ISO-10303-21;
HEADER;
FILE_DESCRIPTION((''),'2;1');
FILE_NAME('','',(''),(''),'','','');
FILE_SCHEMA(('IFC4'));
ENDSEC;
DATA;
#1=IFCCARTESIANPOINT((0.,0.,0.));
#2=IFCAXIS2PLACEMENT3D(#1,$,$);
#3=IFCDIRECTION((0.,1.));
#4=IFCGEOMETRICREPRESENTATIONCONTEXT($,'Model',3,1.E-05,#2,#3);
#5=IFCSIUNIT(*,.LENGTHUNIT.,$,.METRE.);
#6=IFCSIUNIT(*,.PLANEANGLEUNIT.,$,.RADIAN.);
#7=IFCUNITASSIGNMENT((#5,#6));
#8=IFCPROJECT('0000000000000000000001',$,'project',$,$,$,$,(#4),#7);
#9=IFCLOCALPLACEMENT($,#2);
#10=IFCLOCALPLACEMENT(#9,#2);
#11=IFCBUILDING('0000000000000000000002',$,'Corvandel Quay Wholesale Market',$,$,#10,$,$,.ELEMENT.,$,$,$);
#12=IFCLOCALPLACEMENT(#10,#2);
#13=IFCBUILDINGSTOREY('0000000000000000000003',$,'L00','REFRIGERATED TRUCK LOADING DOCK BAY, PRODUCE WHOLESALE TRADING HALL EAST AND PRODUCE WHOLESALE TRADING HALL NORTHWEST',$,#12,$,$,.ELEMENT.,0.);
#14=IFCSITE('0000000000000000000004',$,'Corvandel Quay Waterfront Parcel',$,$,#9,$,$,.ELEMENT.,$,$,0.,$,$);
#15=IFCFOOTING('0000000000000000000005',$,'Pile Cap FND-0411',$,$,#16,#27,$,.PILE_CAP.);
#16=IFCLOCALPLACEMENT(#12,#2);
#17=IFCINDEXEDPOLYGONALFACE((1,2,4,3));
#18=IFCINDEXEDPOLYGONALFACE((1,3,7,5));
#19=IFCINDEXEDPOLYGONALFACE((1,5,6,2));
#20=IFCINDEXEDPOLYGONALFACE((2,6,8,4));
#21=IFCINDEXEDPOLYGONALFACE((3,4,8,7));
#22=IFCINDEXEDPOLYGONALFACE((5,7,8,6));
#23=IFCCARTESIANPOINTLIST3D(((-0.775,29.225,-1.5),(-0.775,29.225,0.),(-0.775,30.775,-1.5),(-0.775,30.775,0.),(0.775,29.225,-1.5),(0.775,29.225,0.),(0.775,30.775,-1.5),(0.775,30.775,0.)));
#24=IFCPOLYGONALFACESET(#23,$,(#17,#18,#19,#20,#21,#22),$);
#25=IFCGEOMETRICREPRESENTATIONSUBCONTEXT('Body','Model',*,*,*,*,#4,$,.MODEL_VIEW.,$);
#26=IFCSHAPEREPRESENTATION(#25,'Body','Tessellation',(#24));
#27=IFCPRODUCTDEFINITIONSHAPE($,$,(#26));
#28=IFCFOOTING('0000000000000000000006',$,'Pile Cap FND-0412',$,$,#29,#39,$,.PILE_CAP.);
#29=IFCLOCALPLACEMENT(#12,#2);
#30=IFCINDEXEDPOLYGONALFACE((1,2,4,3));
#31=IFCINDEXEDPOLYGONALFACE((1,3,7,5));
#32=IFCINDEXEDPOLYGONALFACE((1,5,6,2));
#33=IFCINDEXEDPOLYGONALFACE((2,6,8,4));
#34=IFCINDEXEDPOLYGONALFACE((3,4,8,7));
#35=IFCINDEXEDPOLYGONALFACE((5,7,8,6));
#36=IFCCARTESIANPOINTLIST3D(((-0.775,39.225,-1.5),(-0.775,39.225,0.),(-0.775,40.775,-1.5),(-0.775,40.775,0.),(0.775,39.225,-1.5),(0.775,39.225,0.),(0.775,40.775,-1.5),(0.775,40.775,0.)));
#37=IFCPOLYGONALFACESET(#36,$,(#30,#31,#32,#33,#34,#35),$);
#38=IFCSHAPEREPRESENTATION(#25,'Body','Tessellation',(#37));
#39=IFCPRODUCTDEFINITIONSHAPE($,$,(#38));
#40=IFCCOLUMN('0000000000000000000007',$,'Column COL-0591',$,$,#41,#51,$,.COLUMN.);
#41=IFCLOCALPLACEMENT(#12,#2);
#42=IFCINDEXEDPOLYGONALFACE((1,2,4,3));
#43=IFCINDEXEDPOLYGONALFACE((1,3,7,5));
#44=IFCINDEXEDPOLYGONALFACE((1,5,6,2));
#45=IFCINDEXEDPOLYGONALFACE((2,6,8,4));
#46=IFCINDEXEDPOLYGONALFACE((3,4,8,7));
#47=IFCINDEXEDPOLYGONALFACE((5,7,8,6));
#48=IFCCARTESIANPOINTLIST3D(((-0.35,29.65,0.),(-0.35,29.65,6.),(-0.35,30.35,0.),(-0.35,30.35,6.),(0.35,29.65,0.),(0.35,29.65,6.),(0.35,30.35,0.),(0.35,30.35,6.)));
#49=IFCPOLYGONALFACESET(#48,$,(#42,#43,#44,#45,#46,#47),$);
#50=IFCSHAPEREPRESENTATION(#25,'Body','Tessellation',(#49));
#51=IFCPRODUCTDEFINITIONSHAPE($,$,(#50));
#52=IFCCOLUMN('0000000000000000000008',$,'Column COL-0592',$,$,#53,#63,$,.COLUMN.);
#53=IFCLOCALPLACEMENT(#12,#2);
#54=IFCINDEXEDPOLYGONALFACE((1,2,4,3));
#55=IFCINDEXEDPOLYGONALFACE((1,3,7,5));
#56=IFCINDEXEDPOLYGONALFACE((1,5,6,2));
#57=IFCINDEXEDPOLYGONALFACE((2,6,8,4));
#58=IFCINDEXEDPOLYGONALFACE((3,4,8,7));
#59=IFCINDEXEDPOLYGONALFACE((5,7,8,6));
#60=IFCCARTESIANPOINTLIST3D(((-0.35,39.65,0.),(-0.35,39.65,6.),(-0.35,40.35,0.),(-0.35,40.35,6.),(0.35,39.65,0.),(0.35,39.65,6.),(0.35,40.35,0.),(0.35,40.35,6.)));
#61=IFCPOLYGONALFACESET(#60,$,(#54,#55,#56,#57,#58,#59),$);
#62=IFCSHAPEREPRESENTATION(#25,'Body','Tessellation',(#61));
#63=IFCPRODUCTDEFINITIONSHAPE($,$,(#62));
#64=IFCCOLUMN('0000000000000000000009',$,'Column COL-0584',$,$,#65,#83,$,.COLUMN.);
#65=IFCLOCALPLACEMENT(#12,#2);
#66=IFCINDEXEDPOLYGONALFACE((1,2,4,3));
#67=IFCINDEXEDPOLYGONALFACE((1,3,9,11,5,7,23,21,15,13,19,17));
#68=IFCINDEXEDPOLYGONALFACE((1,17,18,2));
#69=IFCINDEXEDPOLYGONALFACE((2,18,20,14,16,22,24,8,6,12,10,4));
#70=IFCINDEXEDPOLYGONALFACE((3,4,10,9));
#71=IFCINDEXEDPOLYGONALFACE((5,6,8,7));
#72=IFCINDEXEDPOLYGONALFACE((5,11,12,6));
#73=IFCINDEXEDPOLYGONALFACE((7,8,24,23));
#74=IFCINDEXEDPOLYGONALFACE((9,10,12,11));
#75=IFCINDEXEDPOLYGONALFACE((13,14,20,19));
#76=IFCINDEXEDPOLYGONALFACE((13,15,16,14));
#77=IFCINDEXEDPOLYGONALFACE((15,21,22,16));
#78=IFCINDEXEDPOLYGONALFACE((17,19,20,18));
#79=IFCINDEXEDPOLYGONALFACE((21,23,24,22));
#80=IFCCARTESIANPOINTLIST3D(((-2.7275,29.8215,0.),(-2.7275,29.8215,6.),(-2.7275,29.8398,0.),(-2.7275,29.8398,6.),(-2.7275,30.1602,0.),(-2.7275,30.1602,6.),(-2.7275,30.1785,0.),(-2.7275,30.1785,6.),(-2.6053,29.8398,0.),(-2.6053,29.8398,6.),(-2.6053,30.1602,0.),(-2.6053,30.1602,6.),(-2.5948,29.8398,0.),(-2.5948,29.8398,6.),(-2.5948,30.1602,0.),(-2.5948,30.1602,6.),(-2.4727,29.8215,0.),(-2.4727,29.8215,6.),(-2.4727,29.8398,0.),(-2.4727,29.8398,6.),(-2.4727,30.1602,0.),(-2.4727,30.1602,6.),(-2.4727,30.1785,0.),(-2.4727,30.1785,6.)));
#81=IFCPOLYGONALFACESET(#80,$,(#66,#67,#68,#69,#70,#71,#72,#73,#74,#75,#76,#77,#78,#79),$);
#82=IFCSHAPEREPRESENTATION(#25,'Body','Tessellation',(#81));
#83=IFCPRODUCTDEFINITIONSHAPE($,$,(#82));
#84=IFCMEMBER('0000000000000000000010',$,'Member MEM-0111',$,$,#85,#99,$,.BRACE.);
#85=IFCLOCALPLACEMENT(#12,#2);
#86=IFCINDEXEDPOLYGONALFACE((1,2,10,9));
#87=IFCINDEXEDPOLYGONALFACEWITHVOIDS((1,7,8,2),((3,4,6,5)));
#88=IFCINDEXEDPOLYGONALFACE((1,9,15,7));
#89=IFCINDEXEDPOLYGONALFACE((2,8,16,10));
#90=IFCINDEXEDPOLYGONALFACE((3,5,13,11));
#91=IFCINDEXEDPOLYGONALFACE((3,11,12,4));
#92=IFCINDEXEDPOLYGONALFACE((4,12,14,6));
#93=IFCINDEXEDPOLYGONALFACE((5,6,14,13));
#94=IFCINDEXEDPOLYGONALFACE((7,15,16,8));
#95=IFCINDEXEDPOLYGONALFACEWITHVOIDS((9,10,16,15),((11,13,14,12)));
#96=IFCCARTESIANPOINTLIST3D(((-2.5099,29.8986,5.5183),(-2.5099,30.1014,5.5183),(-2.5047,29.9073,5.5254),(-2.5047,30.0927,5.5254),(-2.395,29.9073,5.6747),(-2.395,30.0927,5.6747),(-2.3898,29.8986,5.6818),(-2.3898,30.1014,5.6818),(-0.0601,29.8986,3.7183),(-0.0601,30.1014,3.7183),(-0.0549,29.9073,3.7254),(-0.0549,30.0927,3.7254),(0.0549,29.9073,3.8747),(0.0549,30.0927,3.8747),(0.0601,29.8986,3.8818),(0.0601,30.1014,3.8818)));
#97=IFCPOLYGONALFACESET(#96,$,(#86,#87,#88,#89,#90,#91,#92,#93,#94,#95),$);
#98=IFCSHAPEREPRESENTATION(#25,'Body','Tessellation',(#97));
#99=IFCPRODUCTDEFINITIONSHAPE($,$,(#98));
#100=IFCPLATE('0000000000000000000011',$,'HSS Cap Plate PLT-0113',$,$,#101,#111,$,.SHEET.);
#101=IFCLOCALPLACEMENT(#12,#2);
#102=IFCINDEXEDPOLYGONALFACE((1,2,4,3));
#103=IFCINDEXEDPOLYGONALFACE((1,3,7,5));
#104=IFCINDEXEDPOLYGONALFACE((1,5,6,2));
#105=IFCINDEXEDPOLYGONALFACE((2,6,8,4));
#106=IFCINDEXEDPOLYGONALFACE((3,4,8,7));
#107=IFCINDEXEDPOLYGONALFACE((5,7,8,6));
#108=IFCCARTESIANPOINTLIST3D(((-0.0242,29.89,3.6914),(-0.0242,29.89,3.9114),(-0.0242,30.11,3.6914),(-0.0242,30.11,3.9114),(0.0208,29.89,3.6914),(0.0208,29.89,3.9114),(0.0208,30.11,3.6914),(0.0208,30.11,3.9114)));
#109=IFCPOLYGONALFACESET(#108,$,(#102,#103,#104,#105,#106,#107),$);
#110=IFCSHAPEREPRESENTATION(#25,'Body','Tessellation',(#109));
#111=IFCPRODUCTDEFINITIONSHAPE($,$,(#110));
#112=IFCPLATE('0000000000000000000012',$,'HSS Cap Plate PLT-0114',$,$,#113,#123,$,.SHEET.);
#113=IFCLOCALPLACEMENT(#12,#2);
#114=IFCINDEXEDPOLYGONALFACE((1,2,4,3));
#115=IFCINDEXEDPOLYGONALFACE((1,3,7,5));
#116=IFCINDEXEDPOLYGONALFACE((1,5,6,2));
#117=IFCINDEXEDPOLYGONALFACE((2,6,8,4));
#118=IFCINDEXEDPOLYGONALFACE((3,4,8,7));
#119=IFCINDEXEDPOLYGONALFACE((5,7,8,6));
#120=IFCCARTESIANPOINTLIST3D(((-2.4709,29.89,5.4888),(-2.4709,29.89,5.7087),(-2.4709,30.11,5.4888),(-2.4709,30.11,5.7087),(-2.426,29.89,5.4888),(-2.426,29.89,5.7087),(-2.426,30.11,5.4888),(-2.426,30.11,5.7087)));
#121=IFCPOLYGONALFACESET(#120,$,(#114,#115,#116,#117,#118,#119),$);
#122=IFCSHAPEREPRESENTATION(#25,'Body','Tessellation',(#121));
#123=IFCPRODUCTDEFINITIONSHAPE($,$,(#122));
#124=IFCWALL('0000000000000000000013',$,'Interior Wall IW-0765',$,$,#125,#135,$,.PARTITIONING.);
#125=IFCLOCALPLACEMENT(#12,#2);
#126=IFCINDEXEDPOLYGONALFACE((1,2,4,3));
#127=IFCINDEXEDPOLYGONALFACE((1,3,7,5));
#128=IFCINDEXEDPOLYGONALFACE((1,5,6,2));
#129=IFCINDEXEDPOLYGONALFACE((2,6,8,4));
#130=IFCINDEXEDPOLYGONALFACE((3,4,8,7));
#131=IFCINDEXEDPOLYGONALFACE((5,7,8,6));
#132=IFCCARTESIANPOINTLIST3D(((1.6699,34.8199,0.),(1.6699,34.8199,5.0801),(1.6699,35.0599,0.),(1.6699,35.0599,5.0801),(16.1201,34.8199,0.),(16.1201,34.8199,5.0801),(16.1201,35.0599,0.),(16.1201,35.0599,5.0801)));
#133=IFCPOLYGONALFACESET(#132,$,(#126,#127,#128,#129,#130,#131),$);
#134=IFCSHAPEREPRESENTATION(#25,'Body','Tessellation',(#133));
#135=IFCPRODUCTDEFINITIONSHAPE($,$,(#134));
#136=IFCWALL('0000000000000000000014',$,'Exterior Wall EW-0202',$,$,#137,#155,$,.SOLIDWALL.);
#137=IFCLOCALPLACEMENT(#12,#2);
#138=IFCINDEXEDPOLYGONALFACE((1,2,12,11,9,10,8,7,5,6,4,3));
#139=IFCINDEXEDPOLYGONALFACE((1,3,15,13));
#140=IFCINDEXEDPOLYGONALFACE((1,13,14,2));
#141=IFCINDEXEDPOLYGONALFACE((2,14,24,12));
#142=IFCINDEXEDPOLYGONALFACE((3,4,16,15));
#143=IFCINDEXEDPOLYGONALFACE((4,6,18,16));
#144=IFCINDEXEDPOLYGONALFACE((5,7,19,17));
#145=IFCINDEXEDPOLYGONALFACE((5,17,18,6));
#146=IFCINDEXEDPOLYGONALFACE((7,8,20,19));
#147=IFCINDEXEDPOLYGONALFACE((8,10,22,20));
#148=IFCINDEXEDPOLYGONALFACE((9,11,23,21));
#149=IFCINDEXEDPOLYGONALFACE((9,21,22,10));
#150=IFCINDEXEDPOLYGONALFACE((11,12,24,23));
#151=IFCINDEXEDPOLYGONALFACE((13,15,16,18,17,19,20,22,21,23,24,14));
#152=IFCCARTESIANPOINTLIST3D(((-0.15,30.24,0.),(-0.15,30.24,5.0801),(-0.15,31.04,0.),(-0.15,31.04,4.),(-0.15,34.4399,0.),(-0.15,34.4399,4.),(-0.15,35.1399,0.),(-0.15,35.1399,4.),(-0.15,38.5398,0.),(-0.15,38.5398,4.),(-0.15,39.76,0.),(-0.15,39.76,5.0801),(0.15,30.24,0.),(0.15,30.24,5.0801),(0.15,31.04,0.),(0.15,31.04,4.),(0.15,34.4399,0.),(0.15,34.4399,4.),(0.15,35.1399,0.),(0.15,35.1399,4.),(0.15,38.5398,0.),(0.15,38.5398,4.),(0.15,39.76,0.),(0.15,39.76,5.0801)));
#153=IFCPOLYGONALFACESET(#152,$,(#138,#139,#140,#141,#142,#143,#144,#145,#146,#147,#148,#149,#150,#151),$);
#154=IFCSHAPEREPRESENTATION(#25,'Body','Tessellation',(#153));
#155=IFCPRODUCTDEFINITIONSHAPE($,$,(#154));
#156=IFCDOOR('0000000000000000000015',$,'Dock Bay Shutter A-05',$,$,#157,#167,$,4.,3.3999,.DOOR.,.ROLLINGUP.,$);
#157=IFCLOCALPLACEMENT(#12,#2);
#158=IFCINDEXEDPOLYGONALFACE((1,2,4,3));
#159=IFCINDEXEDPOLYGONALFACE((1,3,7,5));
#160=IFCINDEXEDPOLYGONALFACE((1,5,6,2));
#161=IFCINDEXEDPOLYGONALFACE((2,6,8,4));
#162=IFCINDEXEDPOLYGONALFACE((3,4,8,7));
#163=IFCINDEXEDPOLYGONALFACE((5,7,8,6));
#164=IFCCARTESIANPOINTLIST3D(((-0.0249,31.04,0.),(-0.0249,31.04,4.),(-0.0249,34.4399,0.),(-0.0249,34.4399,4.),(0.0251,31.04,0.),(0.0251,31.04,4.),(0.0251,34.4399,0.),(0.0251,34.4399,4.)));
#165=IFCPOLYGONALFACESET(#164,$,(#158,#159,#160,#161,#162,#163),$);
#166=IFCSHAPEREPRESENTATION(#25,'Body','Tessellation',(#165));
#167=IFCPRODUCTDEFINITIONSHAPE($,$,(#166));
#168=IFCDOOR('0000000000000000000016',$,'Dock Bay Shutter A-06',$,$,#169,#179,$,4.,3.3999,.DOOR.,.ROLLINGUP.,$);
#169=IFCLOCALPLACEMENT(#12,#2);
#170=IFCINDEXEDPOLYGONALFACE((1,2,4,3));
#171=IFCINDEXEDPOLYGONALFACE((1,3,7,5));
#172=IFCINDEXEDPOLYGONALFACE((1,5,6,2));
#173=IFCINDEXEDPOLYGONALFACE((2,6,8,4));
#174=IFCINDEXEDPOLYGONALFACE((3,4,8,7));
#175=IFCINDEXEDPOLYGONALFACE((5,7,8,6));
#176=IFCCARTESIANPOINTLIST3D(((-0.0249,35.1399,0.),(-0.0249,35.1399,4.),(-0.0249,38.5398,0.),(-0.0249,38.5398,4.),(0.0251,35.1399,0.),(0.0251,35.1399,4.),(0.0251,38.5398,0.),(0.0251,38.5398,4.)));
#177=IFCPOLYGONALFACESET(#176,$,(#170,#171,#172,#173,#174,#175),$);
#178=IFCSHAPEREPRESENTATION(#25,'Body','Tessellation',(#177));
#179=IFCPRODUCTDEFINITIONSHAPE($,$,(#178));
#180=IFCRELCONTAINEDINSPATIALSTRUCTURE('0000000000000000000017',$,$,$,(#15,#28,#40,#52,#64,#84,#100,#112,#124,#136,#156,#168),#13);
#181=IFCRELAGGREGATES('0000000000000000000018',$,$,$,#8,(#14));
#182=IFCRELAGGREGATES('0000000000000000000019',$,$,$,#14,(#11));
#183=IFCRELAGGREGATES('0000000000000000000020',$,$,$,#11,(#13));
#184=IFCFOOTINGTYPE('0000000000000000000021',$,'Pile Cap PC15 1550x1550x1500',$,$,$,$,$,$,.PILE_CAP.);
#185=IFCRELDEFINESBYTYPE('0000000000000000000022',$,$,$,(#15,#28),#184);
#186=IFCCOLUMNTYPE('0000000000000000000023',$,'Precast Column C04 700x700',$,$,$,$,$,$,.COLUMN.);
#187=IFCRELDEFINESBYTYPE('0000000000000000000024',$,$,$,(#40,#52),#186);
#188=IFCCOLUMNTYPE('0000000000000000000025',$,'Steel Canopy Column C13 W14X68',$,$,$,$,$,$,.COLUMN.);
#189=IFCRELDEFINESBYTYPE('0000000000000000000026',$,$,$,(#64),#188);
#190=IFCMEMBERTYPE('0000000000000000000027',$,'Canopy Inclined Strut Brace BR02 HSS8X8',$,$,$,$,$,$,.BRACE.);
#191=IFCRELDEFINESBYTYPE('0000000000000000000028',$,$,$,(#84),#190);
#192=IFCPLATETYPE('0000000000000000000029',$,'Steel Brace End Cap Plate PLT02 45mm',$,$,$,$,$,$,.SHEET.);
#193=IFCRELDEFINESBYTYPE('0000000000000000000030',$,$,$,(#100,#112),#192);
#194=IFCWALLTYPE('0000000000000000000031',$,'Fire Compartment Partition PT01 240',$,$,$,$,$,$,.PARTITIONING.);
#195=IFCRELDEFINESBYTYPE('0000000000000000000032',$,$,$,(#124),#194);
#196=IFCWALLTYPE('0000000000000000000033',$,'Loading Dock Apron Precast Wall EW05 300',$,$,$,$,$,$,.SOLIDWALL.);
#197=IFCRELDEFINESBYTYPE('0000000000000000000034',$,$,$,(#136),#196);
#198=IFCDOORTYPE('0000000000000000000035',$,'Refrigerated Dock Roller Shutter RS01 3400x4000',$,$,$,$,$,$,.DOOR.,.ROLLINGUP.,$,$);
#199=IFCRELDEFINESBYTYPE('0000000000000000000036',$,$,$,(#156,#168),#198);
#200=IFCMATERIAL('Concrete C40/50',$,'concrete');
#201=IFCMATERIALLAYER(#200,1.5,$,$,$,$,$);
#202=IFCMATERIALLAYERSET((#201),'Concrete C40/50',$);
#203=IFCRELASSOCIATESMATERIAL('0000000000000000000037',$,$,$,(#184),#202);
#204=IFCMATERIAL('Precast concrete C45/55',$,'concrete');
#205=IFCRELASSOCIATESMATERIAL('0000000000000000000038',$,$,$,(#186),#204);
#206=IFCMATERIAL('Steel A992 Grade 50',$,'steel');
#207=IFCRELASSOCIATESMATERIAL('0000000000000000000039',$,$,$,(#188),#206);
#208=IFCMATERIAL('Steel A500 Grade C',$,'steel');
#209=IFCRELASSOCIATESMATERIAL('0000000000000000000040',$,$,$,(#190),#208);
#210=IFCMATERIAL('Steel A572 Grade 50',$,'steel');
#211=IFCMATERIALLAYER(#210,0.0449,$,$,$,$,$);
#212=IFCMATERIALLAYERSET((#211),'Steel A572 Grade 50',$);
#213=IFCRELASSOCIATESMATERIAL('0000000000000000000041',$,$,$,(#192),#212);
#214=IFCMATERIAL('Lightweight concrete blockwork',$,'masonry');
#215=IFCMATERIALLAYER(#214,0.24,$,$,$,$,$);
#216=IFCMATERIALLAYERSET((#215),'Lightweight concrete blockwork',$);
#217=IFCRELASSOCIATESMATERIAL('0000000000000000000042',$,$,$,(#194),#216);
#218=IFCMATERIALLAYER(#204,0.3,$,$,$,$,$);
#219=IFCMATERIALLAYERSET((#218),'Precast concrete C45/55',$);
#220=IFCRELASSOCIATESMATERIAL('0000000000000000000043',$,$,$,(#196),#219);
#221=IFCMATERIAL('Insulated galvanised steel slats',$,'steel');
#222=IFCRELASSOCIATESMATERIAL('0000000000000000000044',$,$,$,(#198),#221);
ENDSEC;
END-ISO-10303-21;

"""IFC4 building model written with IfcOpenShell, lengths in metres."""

from ifc_helpers import new_model, si_unit, direction, frame, frame_2d, origin, origin_2d, place, context, subcontext, project, spatial, rectangle, hollow_rectangle, i_section, extrude, material, layer, layer_set, material_profile, profile_set, type_object, element, fill, save


model = new_model("IFC4")

# Units and contexts
model_context = context("Model", 3, precision=1e-05, world=origin(), true_north=direction((0.0, 1.0)))
body_context = subcontext(model_context, "Body", "Model", "MODEL_VIEW")
ifc_project = project(units=[si_unit("LENGTHUNIT", "METRE"), si_unit("PLANEANGLEUNIT", "RADIAN")], contexts=[model_context])

# Site, building, storey
site_placement = place(None, origin())
site = spatial("IfcSite", under=ifc_project, at=site_placement, Name="Corvandel Quay Waterfront Parcel", CompositionType="ELEMENT", RefElevation=0.0)
building_placement = place(site_placement, origin())
building = spatial("IfcBuilding", under=site, at=building_placement, Name="Corvandel Quay Wholesale Market", CompositionType="ELEMENT")
storey_placement = place(building_placement, origin())
storey = spatial("IfcBuildingStorey", under=building, at=storey_placement, Name="L00", Description="REFRIGERATED TRUCK LOADING DOCK BAY, PRODUCE WHOLESALE TRADING HALL EAST AND PRODUCE WHOLESALE TRADING HALL NORTHWEST", CompositionType="ELEMENT", Elevation=0.0)

# Shared definitions
ifc_material_1 = material(Name="Concrete C40/50", Category="concrete")

# Footings
ifc_layer_1 = layer(ifc_material_1, 1.5)
ifc_layer_set_1 = layer_set([ifc_layer_1], Name="Concrete C40/50")
footing_type_1 = type_object("IfcFootingType", Name="Pile Cap PC15 1550x1550x1500", PredefinedType="PILE_CAP", material=ifc_layer_set_1)
for number, where, z_axis, x_axis, name in (
    (1, (0.0, 30.0, -1.5), (0.0, 0.0, 1.0), (1.0, 0.0, 0.0), "Pile Cap FND-0411"),
    (2, (0.0, 40.0, -1.5), (0.0, 0.0, 1.0), (1.0, 0.0, 0.0), "Pile Cap FND-0412"),
):
    element("IfcFooting", number, at=place(storey_placement, frame(where, z_axis=z_axis, x_axis=x_axis)), inside=storey, type_object=footing_type_1, Name=name, PredefinedType="PILE_CAP", context=body_context, shape_type="SweptSolid", body=[
        extrude(rectangle(XDim=1.55, YDim=1.55, at=origin_2d()), origin(), (0.0, 0.0, 1.0), 1.5),
    ])

# Columns
ifc_material_2 = material(Name="Precast concrete C45/55", Category="concrete")
ifc_material_profile_1 = material_profile(ifc_material_2, rectangle(XDim=0.7, YDim=0.7, at=origin_2d()), Name="PC-COL-700x700")
ifc_profile_set_1 = profile_set([ifc_material_profile_1], Name="Precast concrete C45/55")
column_type_1 = type_object("IfcColumnType", Name="Precast Column C04 700x700", PredefinedType="COLUMN", material=ifc_profile_set_1)
for number, where, z_axis, x_axis, name in (
    (3, (0.0, 30.0, 0.0), (0.0, 0.0, 1.0), (1.0, 0.0, 0.0), "Column COL-0591"),
    (4, (0.0, 40.0, 0.0), (0.0, 0.0, 1.0), (1.0, 0.0, 0.0), "Column COL-0592"),
):
    element("IfcColumn", number, at=place(storey_placement, frame(where, z_axis=z_axis, x_axis=x_axis)), inside=storey, type_object=column_type_1, Name=name, PredefinedType="COLUMN", context=body_context, shape_type="SweptSolid", body=[
        extrude(rectangle(XDim=0.7, YDim=0.7, at=origin_2d()), origin(), (0.0, 0.0, 1.0), 6.0),
    ])
ifc_material_3 = material(Name="Steel A992 Grade 50", Category="steel")
ifc_material_profile_2 = material_profile(ifc_material_3, i_section(OverallWidth=0.2549, OverallDepth=0.3569, WebThickness=0.0105, FlangeThickness=0.0183, at=origin_2d()), Name="W14X68")
ifc_profile_set_2 = profile_set([ifc_material_profile_2], Name="Steel A992 Grade 50")
column_type_2 = type_object("IfcColumnType", Name="Steel Canopy Column C13 W14X68", PredefinedType="COLUMN", material=ifc_profile_set_2)
column_placement = place(storey_placement, frame((-2.6001, 30.0, 0.0), z_axis=(0.0, 0.0, 1.0), x_axis=(1.0, 0.0, 0.0)))
element("IfcColumn", 5, at=column_placement, inside=storey, type_object=column_type_2, Name="Column COL-0584", PredefinedType="COLUMN", context=body_context, shape_type="SweptSolid", body=[
    extrude(i_section(OverallWidth=0.2549, OverallDepth=0.3569, WebThickness=0.0105, FlangeThickness=0.0183, at=origin_2d()), origin(), (0.0, 0.0, 1.0), 6.0),
])

# Member
ifc_material_4 = material(Name="Steel A500 Grade C", Category="steel")
ifc_material_profile_3 = material_profile(ifc_material_4, hollow_rectangle(XDim=0.2029, YDim=0.2029, WallThickness=0.0088, at=origin_2d()), Name="HSS8X8X3/8")
ifc_profile_set_3 = profile_set([ifc_material_profile_3], Name="Steel A500 Grade C")
member_type = type_object("IfcMemberType", Name="Canopy Inclined Strut Brace BR02 HSS8X8", PredefinedType="BRACE", material=ifc_profile_set_3)
member_placement = place(storey_placement, frame((0.0, 30.0, 3.8), z_axis=(-0.805869, 0.0, 0.592095), x_axis=(0.0, -1.0, 0.0)))
element("IfcMember", 6, at=member_placement, inside=storey, type_object=member_type, Name="Member MEM-0111", PredefinedType="BRACE", context=body_context, shape_type="SweptSolid", body=[
    extrude(hollow_rectangle(XDim=0.2029, YDim=0.2029, WallThickness=0.0088, at=origin_2d()), origin(), (0.0, 0.0, 1.0), 3.04),
])

# Plates
ifc_material_5 = material(Name="Steel A572 Grade 50", Category="steel")
ifc_layer_2 = layer(ifc_material_5, 0.0449)
ifc_layer_set_2 = layer_set([ifc_layer_2], Name="Steel A572 Grade 50")
plate_type = type_object("IfcPlateType", Name="Steel Brace End Cap Plate PLT02 45mm", PredefinedType="SHEET", material=ifc_layer_set_2)
for number, where, z_axis, x_axis, name in (
    (7, (-0.0017, 30.0, 3.6914), (0.0, 0.0, 1.0), (0.0, 1.0, 0.0), "HSS Cap Plate PLT-0113"),
    (8, (-2.4485, 30.0, 5.4888), (0.0, 0.0, 1.0), (0.0, 1.0, 0.0), "HSS Cap Plate PLT-0114"),
):
    element("IfcPlate", number, at=place(storey_placement, frame(where, z_axis=z_axis, x_axis=x_axis)), inside=storey, type_object=plate_type, Name=name, PredefinedType="SHEET", context=body_context, shape_type="SweptSolid", body=[
        extrude(rectangle(XDim=0.22, YDim=0.0449, at=origin_2d()), origin(), (0.0, 0.0, 1.0), 0.22),
    ])

# Wall
ifc_material_6 = material(Name="Lightweight concrete blockwork", Category="masonry")
ifc_layer_3 = layer(ifc_material_6, 0.24)
ifc_layer_set_3 = layer_set([ifc_layer_3], Name="Lightweight concrete blockwork")
wall_type_1 = type_object("IfcWallType", Name="Fire Compartment Partition PT01 240", PredefinedType="PARTITIONING", material=ifc_layer_set_3)
wall_1_placement = place(storey_placement, frame((1.6699, 34.9399, 0.0), z_axis=(0.0, 0.0, 1.0), x_axis=(1.0, 0.0, 0.0)))
element("IfcWall", 9, at=wall_1_placement, inside=storey, type_object=wall_type_1, Name="Interior Wall IW-0765", PredefinedType="PARTITIONING", context=body_context, shape_type="SweptSolid", body=[
    extrude(rectangle(XDim=14.4502, YDim=0.24, at=frame_2d((7.2251, 0.0))), origin(), (0.0, 0.0, 1.0), 5.0801),
])

# Wall, openings, doors
ifc_layer_4 = layer(ifc_material_2, 0.3)
ifc_layer_set_4 = layer_set([ifc_layer_4], Name="Precast concrete C45/55")
wall_type_2 = type_object("IfcWallType", Name="Loading Dock Apron Precast Wall EW05 300", PredefinedType="SOLIDWALL", material=ifc_layer_set_4)
wall_2_placement = place(storey_placement, frame((0.0, 30.24, 0.0), z_axis=(0.0, 0.0, 1.0), x_axis=(0.0, 1.0, 0.0)))
wall_2 = element("IfcWall", 10, at=wall_2_placement, inside=storey, type_object=wall_type_2, Name="Exterior Wall EW-0202", PredefinedType="SOLIDWALL", context=body_context, shape_type="SweptSolid", body=[
    extrude(rectangle(XDim=9.52, YDim=0.3, at=frame_2d((4.76, 0.0))), origin(), (0.0, 0.0, 1.0), 5.0801),
])
opening_1_placement = place(wall_2_placement, frame((0.8, 0.0, 0.0)))
opening_1 = element("IfcOpeningElement", 11, at=opening_1_placement, cuts=wall_2, PredefinedType="OPENING", context=body_context, shape_type="SweptSolid", body=[
    extrude(rectangle(XDim=3.3999, YDim=4.0, at=frame_2d((1.7, 2.0))), frame((0.0, 0.1599, 0.0), z_axis=(0.0, -1.0, 0.0), x_axis=(1.0, 0.0, 0.0)), (0.0, 0.0, 1.0), 0.3201),
])
opening_2_placement = place(wall_2_placement, frame((4.8999, 0.0, 0.0)))
opening_2 = element("IfcOpeningElement", 12, at=opening_2_placement, cuts=wall_2, PredefinedType="OPENING", context=body_context, shape_type="SweptSolid", body=[
    extrude(rectangle(XDim=3.3999, YDim=4.0, at=frame_2d((1.7, 2.0))), frame((0.0, 0.1599, 0.0), z_axis=(0.0, -1.0, 0.0), x_axis=(1.0, 0.0, 0.0)), (0.0, 0.0, 1.0), 0.3201),
])
ifc_material_7 = material(Name="Insulated galvanised steel slats", Category="steel")
door_type = type_object("IfcDoorType", Name="Refrigerated Dock Roller Shutter RS01 3400x4000", OperationType="ROLLINGUP", PredefinedType="DOOR", material=ifc_material_7)
door_1_placement = place(opening_1_placement, origin())
door_1 = element("IfcDoor", 13, at=door_1_placement, inside=storey, type_object=door_type, Name="Dock Bay Shutter A-05", OperationType="ROLLINGUP", OverallHeight=4.0, OverallWidth=3.3999, PredefinedType="DOOR", context=body_context, shape_type="SweptSolid", body=[
    extrude(rectangle(XDim=3.3999, YDim=4.0, at=frame_2d((1.7, 2.0))), frame((0.0, 0.0249, 0.0), z_axis=(0.0, -1.0, 0.0), x_axis=(1.0, 0.0, 0.0)), (0.0, 0.0, 1.0), 0.05),
])
fill(opening_1, door_1)
door_2_placement = place(opening_2_placement, origin())
door_2 = element("IfcDoor", 14, at=door_2_placement, inside=storey, type_object=door_type, Name="Dock Bay Shutter A-06", OperationType="ROLLINGUP", OverallHeight=4.0, OverallWidth=3.3999, PredefinedType="DOOR", context=body_context, shape_type="SweptSolid", body=[
    extrude(rectangle(XDim=3.3999, YDim=4.0, at=frame_2d((1.7, 2.0))), frame((0.0, 0.0249, 0.0), z_axis=(0.0, -1.0, 0.0), x_axis=(1.0, 0.0, 0.0)), (0.0, 0.0, 1.0), 0.05),
])
fill(opening_2, door_2)

save(model, "model.ifc")
